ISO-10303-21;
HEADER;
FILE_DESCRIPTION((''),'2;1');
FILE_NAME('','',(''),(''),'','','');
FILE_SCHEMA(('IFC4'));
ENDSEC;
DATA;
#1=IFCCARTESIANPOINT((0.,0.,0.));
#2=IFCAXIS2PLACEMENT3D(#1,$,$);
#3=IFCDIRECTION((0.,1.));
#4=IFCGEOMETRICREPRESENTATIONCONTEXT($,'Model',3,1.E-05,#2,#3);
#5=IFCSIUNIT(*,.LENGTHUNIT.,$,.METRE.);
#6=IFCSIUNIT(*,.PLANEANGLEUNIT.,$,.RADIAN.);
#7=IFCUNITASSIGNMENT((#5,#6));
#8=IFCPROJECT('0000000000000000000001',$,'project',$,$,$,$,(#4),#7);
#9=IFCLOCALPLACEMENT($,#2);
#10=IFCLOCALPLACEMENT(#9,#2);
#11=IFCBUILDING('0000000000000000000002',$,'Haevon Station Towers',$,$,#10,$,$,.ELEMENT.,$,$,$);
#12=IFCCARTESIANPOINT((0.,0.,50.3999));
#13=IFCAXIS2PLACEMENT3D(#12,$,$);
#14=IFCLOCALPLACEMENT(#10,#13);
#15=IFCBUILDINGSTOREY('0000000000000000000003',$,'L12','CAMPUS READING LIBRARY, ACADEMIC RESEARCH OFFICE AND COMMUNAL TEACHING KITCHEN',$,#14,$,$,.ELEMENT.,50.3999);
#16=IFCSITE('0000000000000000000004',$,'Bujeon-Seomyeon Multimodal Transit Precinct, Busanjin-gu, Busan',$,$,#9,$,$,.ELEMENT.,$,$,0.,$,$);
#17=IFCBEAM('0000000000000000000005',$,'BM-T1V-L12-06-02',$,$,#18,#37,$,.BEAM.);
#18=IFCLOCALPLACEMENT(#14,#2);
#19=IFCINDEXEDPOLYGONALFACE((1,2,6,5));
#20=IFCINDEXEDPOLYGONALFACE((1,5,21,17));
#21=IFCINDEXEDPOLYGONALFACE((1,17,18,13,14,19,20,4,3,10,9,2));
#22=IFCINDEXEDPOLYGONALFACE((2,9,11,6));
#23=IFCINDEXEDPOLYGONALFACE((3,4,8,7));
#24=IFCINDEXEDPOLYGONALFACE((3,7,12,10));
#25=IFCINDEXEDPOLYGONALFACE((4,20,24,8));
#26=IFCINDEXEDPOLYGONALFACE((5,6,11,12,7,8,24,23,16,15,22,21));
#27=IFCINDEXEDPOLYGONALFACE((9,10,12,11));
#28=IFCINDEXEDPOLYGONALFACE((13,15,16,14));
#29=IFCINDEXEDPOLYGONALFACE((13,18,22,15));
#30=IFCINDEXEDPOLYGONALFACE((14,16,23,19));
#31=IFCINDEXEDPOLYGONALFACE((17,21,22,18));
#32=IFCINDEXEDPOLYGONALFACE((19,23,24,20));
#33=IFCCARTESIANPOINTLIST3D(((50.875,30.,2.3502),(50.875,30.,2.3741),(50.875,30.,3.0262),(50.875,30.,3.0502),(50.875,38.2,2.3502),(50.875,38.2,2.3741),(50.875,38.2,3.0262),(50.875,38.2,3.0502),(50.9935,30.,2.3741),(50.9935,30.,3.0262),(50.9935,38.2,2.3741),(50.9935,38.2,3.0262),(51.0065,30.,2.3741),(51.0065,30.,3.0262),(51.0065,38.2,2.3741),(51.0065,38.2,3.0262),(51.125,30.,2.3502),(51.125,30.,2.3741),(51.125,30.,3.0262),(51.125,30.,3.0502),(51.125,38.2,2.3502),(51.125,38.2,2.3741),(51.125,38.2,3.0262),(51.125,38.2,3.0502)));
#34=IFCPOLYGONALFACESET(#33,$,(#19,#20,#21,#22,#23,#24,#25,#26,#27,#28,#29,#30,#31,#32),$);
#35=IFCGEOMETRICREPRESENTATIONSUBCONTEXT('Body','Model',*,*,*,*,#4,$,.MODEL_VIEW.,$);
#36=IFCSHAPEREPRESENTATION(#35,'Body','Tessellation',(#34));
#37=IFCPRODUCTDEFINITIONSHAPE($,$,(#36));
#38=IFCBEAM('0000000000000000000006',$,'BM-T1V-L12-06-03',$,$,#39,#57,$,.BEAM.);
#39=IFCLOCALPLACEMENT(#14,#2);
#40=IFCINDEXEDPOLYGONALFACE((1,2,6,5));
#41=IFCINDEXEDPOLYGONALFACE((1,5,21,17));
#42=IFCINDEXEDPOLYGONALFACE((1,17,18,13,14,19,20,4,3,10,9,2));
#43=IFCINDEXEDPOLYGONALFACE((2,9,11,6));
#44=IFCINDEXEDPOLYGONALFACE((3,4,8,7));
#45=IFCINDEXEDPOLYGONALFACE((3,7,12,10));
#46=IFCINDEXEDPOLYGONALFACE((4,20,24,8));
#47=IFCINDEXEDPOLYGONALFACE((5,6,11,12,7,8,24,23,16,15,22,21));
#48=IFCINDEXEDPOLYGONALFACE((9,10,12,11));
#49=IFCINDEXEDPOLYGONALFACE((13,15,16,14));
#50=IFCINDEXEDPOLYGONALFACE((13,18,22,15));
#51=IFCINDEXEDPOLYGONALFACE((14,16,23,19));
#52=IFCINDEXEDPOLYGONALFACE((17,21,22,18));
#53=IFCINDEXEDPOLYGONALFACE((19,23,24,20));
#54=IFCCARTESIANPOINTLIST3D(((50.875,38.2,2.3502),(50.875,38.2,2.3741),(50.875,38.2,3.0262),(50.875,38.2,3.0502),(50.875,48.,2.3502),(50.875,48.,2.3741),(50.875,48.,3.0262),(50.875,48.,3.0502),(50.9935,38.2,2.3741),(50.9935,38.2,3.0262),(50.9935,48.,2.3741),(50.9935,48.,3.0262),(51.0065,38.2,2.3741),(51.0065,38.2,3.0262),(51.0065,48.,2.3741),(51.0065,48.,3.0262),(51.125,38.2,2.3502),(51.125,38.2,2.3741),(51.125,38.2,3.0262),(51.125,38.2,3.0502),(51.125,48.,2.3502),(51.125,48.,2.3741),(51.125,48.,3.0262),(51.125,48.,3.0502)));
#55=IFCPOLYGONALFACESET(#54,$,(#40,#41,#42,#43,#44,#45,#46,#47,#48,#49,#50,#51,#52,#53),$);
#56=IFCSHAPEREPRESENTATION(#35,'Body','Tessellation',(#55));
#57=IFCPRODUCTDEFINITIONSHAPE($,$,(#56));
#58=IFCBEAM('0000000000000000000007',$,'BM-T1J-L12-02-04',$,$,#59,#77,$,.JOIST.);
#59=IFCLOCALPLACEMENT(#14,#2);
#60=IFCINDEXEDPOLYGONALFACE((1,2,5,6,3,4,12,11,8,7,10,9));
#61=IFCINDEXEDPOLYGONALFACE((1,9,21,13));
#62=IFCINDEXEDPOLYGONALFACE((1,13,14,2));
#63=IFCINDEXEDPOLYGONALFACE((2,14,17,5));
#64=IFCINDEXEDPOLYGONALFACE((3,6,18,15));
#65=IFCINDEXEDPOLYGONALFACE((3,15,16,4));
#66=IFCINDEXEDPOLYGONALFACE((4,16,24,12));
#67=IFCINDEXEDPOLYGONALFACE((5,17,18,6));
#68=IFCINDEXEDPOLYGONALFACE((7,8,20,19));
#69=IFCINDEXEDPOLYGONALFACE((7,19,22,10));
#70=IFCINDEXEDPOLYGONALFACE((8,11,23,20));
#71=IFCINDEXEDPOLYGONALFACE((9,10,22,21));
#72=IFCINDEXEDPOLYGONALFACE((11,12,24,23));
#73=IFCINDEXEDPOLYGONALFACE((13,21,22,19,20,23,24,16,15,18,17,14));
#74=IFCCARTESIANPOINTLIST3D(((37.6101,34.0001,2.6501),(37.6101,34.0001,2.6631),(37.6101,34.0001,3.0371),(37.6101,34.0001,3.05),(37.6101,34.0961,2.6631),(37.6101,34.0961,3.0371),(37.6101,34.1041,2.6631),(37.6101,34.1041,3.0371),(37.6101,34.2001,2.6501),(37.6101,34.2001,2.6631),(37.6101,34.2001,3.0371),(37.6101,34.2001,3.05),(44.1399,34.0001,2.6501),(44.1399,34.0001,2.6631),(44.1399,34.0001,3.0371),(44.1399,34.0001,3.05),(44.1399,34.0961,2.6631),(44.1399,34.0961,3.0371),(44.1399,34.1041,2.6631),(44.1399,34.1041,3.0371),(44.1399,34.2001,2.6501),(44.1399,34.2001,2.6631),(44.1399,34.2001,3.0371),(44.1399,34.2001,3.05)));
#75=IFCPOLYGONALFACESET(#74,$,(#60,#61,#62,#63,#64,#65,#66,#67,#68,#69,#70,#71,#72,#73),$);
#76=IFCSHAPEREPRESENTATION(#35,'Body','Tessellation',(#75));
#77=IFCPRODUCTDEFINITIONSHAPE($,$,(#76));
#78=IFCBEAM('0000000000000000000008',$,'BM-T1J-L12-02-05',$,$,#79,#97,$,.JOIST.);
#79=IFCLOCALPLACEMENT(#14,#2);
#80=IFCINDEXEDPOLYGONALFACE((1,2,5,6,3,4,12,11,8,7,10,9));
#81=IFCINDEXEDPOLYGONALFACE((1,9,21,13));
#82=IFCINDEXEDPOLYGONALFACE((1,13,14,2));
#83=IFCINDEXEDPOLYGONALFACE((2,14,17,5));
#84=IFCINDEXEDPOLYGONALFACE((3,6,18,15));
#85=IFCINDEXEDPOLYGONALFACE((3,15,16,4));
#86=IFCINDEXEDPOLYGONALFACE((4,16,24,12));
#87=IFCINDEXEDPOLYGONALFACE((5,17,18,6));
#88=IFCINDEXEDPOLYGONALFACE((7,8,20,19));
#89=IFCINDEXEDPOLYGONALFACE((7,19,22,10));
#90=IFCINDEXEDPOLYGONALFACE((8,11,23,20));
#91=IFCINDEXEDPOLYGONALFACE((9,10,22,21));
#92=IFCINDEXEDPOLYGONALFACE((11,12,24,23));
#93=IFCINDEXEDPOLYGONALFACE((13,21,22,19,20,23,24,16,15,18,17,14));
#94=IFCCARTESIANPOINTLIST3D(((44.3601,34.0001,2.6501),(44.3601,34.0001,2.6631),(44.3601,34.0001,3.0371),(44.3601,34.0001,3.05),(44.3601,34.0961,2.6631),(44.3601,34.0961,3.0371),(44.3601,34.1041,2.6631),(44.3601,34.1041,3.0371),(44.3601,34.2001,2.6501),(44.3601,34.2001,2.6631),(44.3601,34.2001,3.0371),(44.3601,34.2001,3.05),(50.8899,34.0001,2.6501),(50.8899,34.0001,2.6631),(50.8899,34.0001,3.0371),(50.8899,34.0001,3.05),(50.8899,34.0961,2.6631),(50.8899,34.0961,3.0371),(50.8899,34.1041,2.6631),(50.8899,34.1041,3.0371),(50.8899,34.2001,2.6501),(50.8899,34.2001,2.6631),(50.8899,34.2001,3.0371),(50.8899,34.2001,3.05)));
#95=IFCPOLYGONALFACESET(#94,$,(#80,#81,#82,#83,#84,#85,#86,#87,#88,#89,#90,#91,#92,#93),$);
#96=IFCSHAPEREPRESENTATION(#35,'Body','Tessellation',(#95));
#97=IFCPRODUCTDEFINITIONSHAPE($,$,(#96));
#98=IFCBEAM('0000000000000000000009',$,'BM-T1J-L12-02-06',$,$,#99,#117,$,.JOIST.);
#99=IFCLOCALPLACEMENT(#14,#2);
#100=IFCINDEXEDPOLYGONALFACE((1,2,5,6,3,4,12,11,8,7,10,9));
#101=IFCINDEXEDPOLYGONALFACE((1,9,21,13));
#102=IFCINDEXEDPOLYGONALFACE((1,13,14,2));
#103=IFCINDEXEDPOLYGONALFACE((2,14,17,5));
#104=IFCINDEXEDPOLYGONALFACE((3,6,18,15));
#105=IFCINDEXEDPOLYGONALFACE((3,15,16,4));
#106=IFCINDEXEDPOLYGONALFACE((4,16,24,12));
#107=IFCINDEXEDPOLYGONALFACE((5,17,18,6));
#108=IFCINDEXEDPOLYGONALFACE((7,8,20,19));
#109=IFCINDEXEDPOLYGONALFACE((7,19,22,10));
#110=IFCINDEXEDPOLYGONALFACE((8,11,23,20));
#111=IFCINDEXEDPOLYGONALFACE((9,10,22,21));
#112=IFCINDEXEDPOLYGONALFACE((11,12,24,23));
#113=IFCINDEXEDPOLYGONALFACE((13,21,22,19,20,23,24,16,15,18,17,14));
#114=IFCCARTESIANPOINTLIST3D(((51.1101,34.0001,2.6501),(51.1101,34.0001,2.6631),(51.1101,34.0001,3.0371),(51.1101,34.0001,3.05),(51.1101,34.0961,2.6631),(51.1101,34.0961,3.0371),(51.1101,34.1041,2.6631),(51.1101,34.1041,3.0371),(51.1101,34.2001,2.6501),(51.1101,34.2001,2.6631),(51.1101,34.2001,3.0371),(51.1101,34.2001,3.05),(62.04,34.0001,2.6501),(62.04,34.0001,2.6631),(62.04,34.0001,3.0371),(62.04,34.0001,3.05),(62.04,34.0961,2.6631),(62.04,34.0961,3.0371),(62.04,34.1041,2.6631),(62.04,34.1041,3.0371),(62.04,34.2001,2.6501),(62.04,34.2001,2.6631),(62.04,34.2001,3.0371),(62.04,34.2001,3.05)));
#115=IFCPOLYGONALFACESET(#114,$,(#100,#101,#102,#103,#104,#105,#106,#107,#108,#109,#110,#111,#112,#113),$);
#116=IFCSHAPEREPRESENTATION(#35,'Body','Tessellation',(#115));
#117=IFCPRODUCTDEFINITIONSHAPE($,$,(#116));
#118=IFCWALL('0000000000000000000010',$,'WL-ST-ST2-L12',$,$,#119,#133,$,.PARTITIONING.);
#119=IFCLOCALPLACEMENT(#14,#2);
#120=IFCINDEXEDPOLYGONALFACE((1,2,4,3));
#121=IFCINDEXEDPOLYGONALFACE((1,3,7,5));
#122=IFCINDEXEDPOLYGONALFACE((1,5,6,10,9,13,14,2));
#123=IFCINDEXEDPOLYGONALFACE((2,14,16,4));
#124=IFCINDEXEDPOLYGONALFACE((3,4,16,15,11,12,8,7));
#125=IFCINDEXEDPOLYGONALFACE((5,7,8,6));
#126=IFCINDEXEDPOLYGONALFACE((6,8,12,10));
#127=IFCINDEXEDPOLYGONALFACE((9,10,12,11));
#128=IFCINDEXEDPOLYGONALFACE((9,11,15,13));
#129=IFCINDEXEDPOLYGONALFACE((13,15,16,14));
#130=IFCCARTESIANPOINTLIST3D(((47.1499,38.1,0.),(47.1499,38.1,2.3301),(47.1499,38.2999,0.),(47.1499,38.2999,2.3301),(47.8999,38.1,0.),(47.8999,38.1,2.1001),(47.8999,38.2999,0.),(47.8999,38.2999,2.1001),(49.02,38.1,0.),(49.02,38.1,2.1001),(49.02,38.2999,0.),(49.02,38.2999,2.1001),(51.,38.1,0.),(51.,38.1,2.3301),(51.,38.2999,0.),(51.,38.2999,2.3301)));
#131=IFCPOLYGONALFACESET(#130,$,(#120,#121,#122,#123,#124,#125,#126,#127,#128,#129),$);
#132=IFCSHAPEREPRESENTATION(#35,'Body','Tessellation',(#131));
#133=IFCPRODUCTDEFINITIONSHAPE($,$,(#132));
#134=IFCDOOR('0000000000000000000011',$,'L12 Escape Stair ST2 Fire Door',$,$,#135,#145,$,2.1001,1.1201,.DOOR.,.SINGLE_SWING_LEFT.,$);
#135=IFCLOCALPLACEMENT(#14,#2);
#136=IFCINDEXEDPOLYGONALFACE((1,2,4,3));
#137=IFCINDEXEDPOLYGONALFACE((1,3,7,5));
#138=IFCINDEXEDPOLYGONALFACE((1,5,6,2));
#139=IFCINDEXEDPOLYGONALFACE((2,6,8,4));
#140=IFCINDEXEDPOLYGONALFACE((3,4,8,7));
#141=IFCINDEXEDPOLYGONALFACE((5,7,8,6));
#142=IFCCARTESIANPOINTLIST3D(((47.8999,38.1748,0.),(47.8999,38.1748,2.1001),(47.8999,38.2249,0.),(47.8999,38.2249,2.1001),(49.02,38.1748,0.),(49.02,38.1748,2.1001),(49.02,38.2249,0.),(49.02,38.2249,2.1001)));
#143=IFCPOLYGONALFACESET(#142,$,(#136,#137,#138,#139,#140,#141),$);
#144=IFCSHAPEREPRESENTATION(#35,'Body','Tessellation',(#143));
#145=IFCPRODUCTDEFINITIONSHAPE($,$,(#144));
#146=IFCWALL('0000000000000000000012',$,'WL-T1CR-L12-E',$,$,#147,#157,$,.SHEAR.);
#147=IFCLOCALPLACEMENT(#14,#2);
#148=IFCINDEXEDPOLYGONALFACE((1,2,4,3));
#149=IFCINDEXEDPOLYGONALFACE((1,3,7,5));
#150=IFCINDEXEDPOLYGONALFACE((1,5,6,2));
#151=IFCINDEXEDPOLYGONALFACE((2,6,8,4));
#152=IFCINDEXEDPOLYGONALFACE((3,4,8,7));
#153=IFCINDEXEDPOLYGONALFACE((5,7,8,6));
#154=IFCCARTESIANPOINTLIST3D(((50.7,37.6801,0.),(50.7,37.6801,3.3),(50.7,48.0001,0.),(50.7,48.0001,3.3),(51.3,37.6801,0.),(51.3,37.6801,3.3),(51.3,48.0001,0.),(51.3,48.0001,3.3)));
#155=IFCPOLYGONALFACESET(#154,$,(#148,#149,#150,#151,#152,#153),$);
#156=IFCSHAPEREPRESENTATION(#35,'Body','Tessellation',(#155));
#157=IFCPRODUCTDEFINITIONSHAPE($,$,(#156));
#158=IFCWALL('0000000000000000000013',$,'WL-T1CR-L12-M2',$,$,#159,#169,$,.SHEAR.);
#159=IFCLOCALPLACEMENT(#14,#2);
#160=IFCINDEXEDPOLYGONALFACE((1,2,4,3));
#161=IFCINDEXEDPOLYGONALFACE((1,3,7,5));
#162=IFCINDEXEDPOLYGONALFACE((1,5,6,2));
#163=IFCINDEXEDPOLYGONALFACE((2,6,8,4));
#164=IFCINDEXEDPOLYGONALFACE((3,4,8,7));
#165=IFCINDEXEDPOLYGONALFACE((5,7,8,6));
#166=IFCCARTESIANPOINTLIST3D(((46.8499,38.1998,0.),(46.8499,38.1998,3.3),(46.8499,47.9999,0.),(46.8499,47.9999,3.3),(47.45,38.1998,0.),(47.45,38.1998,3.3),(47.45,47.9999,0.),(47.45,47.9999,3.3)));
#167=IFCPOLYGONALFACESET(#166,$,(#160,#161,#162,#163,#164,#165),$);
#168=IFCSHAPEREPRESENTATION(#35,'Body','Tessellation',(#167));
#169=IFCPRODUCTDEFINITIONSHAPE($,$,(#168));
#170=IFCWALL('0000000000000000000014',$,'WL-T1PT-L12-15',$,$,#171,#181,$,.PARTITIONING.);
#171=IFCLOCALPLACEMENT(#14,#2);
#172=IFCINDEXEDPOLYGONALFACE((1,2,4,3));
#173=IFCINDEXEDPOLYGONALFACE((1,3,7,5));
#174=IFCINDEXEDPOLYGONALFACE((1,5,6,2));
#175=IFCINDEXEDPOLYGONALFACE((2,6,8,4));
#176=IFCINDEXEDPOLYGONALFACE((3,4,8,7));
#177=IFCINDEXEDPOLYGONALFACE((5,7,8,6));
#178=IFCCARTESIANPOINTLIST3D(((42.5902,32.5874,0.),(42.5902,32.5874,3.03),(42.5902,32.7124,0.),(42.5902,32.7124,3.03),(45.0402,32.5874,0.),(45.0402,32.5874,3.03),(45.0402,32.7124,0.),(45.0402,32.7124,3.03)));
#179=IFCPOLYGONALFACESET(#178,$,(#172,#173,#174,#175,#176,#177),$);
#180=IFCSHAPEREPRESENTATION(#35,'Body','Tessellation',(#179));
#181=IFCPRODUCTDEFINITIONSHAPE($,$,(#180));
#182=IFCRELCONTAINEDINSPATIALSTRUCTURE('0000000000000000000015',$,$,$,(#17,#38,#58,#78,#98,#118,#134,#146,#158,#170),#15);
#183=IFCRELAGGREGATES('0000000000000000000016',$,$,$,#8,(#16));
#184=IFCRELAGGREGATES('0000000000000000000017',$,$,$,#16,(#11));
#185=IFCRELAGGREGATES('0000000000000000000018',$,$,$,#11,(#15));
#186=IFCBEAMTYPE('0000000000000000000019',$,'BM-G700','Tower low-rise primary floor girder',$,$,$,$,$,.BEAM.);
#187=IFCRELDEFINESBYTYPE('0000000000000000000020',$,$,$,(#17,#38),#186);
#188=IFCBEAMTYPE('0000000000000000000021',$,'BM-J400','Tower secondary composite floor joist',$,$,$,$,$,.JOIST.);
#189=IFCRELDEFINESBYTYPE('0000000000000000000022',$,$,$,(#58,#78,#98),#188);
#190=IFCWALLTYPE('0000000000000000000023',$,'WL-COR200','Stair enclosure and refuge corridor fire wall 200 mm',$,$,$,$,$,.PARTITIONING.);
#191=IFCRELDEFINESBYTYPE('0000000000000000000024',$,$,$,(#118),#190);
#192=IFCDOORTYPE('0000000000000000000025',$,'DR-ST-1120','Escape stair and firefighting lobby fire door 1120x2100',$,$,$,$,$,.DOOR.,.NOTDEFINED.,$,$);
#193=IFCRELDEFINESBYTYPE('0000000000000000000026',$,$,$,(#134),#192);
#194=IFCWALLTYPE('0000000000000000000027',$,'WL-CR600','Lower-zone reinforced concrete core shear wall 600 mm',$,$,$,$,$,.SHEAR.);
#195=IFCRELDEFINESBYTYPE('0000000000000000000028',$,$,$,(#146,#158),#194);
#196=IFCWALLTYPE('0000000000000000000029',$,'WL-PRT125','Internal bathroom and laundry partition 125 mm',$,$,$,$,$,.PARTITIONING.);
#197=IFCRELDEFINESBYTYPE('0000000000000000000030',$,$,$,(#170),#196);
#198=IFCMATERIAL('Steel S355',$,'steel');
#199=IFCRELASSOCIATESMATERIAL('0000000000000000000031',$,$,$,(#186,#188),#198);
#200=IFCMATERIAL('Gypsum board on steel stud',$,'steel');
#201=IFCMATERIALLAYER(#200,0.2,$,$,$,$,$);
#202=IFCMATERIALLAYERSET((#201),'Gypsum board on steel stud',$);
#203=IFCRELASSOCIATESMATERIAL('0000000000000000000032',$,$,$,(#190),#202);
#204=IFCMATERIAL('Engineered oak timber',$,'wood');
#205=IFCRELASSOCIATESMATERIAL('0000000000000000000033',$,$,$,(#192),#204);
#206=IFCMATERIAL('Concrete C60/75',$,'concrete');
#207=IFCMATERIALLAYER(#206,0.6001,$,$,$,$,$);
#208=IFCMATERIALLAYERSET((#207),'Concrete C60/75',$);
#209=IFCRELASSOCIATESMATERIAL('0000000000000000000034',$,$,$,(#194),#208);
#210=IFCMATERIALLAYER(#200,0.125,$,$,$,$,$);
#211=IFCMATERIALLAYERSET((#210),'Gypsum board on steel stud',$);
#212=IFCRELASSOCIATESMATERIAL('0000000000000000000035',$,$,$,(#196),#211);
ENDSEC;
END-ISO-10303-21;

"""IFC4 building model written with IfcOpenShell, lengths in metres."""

from ifc_helpers import new_model, si_unit, direction, frame, frame_2d, origin, origin_2d, place, context, subcontext, project, spatial, rectangle, i_section, extrude, material, layer, layer_set, material_profile, profile_set, type_object, element, fill, save


model = new_model("IFC4")

# Units and contexts
model_context = context("Model", 3, precision=1e-05, world=origin(), true_north=direction((0.0, 1.0)))
body_context = subcontext(model_context, "Body", "Model", "MODEL_VIEW")
ifc_project = project(units=[si_unit("LENGTHUNIT", "METRE"), si_unit("PLANEANGLEUNIT", "RADIAN")], contexts=[model_context])

# Site, building, storey
site_placement = place(None, origin())
site = spatial("IfcSite", under=ifc_project, at=site_placement, Name="Bujeon-Seomyeon Multimodal Transit Precinct, Busanjin-gu, Busan", CompositionType="ELEMENT", RefElevation=0.0)
building_placement = place(site_placement, origin())
building = spatial("IfcBuilding", under=site, at=building_placement, Name="Haevon Station Towers", CompositionType="ELEMENT")
storey_placement = place(building_placement, frame((0.0, 0.0, 50.3999)))
storey = spatial("IfcBuildingStorey", under=building, at=storey_placement, Name="L12", Description="CAMPUS READING LIBRARY, ACADEMIC RESEARCH OFFICE AND COMMUNAL TEACHING KITCHEN", CompositionType="ELEMENT", Elevation=50.3999)

# Beams
ifc_material_1 = material(Name="Steel S355", Category="steel")
ifc_material_profile_1 = material_profile(ifc_material_1, i_section(OverallWidth=0.25, OverallDepth=0.7, WebThickness=0.0129, FlangeThickness=0.0239, at=origin_2d()), Name="H-700x250x13x24")
ifc_profile_set_1 = profile_set([ifc_material_profile_1], Name="Steel S355")
beam_type_1 = type_object("IfcBeamType", Name="BM-G700", Description="Tower low-rise primary floor girder", PredefinedType="BEAM", material=ifc_profile_set_1)
for number, where, z_axis, x_axis, name in (
    (1, (51.0, 30.0, 2.7002), (0.0, 1.0, 0.0), (-1.0, 0.0, 0.0), "BM-T1V-L12-06-02"),
):
    element("IfcBeam", number, at=place(storey_placement, frame(where, z_axis=z_axis, x_axis=x_axis)), inside=storey, type_object=beam_type_1, Name=name, PredefinedType="BEAM", context=body_context, shape_type="SweptSolid", body=[
        extrude(i_section(OverallWidth=0.25, OverallDepth=0.7, WebThickness=0.0129, FlangeThickness=0.0239, at=origin_2d()), origin(), (0.0, 0.0, 1.0), 8.2),
    ])
beam_1_placement = place(storey_placement, frame((51.0, 38.2, 2.7002), z_axis=(0.0, 1.0, 0.0), x_axis=(-1.0, 0.0, 0.0)))
element("IfcBeam", 2, at=beam_1_placement, inside=storey, type_object=beam_type_1, Name="BM-T1V-L12-06-03", PredefinedType="BEAM", context=body_context, shape_type="SweptSolid", body=[
    extrude(i_section(OverallWidth=0.25, OverallDepth=0.7, WebThickness=0.0129, FlangeThickness=0.0239, at=origin_2d()), origin(), (0.0, 0.0, 1.0), 9.8),
])
ifc_material_profile_2 = material_profile(ifc_material_1, i_section(OverallWidth=0.2, OverallDepth=0.3999, WebThickness=0.0081, FlangeThickness=0.0129, at=origin_2d()), Name="H-400x200x8x13")
ifc_profile_set_2 = profile_set([ifc_material_profile_2], Name="Steel S355")
beam_type_2 = type_object("IfcBeamType", Name="BM-J400", Description="Tower secondary composite floor joist", PredefinedType="JOIST", material=ifc_profile_set_2)
for number, where, z_axis, x_axis, name in (
    (3, (37.6101, 34.1001, 2.8501), (1.0, 0.0, 0.0), (0.0, 1.0, 0.0), "BM-T1J-L12-02-04"),
    (4, (44.3601, 34.1001, 2.8501), (1.0, 0.0, 0.0), (0.0, 1.0, 0.0), "BM-T1J-L12-02-05"),
):
    element("IfcBeam", number, at=place(storey_placement, frame(where, z_axis=z_axis, x_axis=x_axis)), inside=storey, type_object=beam_type_2, Name=name, PredefinedType="JOIST", context=body_context, shape_type="SweptSolid", body=[
        extrude(i_section(OverallWidth=0.2, OverallDepth=0.3999, WebThickness=0.0081, FlangeThickness=0.0129, at=origin_2d()), origin(), (0.0, 0.0, 1.0), 6.5298),
    ])
beam_2_placement = place(storey_placement, frame((51.1101, 34.1001, 2.8501), z_axis=(1.0, 0.0, 0.0), x_axis=(0.0, 1.0, 0.0)))
element("IfcBeam", 5, at=beam_2_placement, inside=storey, type_object=beam_type_2, Name="BM-T1J-L12-02-06", PredefinedType="JOIST", context=body_context, shape_type="SweptSolid", body=[
    extrude(i_section(OverallWidth=0.2, OverallDepth=0.3999, WebThickness=0.0081, FlangeThickness=0.0129, at=origin_2d()), origin(), (0.0, 0.0, 1.0), 10.9299),
])

# Wall, opening, door
ifc_material_2 = material(Name="Gypsum board on steel stud", Category="steel")
ifc_layer_1 = layer(ifc_material_2, 0.2)
ifc_layer_set_1 = layer_set([ifc_layer_1], Name="Gypsum board on steel stud")
wall_type_1 = type_object("IfcWallType", Name="WL-COR200", Description="Stair enclosure and refuge corridor fire wall 200 mm", PredefinedType="PARTITIONING", material=ifc_layer_set_1)
wall_1_placement = place(storey_placement, frame((47.1499, 38.2, 0.0), z_axis=(0.0, 0.0, 1.0), x_axis=(1.0, 0.0, 0.0)))
wall_1 = element("IfcWall", 6, at=wall_1_placement, inside=storey, type_object=wall_type_1, Name="WL-ST-ST2-L12", PredefinedType="PARTITIONING", context=body_context, shape_type="SweptSolid", body=[
    extrude(rectangle(XDim=3.8501, YDim=0.2, at=frame_2d((1.925, 0.0))), origin(), (0.0, 0.0, 1.0), 2.3301),
])
opening_placement = place(wall_1_placement, frame((0.75, 0.0, 0.0)))
opening = element("IfcOpeningElement", 7, at=opening_placement, cuts=wall_1, PredefinedType="OPENING", context=body_context, shape_type="SweptSolid", body=[
    extrude(rectangle(XDim=1.1201, YDim=2.1001, at=frame_2d((0.5601, 1.05))), frame((0.0, 0.1099, 0.0), z_axis=(0.0, -1.0, 0.0), x_axis=(1.0, 0.0, 0.0)), (0.0, 0.0, 1.0), 0.22),
])
ifc_material_3 = material(Name="Engineered oak timber", Category="wood")
door_type = type_object("IfcDoorType", Name="DR-ST-1120", Description="Escape stair and firefighting lobby fire door 1120x2100", OperationType="NOTDEFINED", PredefinedType="DOOR", material=ifc_material_3)
door_placement = place(opening_placement, origin())
door = element("IfcDoor", 8, at=door_placement, inside=storey, type_object=door_type, Name="L12 Escape Stair ST2 Fire Door", OperationType="SINGLE_SWING_LEFT", OverallHeight=2.1001, OverallWidth=1.1201, PredefinedType="DOOR", context=body_context, shape_type="SweptSolid", body=[
    extrude(rectangle(XDim=1.1201, YDim=2.1001, at=frame_2d((0.5601, 1.05))), frame((0.0, 0.0249, 0.0), z_axis=(0.0, -1.0, 0.0), x_axis=(1.0, 0.0, 0.0)), (0.0, 0.0, 1.0), 0.05),
])
fill(opening, door)

# Walls
ifc_material_4 = material(Name="Concrete C60/75", Category="concrete")
ifc_layer_2 = layer(ifc_material_4, 0.6001)
ifc_layer_set_2 = layer_set([ifc_layer_2], Name="Concrete C60/75")
wall_type_2 = type_object("IfcWallType", Name="WL-CR600", Description="Lower-zone reinforced concrete core shear wall 600 mm", PredefinedType="SHEAR", material=ifc_layer_set_2)
wall_2_placement = place(storey_placement, frame((51.0, 37.6799, 0.0), z_axis=(0.0, 0.0, 1.0), x_axis=(0.0, 1.0, 0.0)))
element("IfcWall", 9, at=wall_2_placement, inside=storey, type_object=wall_type_2, Name="WL-T1CR-L12-E", PredefinedType="SHEAR", context=body_context, shape_type="SweptSolid", body=[
    extrude(rectangle(XDim=10.3201, YDim=0.6001, at=frame_2d((5.1602, 0.0))), origin(), (0.0, 0.0, 1.0), 3.3),
])
wall_3_placement = place(storey_placement, frame((47.1499, 38.2, 0.0), z_axis=(0.0, 0.0, 1.0), x_axis=(0.0, 1.0, 0.0)))
element("IfcWall", 10, at=wall_3_placement, inside=storey, type_object=wall_type_2, Name="WL-T1CR-L12-M2", PredefinedType="SHEAR", context=body_context, shape_type="SweptSolid", body=[
    extrude(rectangle(XDim=9.8, YDim=0.6001, at=frame_2d((4.8999, 0.0))), origin(), (0.0, 0.0, 1.0), 3.3),
])
ifc_layer_3 = layer(ifc_material_2, 0.125)
ifc_layer_set_3 = layer_set([ifc_layer_3], Name="Gypsum board on steel stud")
wall_type_3 = type_object("IfcWallType", Name="WL-PRT125", Description="Internal bathroom and laundry partition 125 mm", PredefinedType="PARTITIONING", material=ifc_layer_set_3)
wall_4_placement = place(storey_placement, frame((42.5901, 32.6499, 0.0), z_axis=(0.0, 0.0, 1.0), x_axis=(1.0, 0.0, 0.0)))
element("IfcWall", 11, at=wall_4_placement, inside=storey, type_object=wall_type_3, Name="WL-T1PT-L12-15", PredefinedType="PARTITIONING", context=body_context, shape_type="SweptSolid", body=[
    extrude(rectangle(XDim=2.45, YDim=0.125, at=frame_2d((1.2251, 0.0))), origin(), (0.0, 0.0, 1.0), 3.03),
])

save(model, "model.ifc")
